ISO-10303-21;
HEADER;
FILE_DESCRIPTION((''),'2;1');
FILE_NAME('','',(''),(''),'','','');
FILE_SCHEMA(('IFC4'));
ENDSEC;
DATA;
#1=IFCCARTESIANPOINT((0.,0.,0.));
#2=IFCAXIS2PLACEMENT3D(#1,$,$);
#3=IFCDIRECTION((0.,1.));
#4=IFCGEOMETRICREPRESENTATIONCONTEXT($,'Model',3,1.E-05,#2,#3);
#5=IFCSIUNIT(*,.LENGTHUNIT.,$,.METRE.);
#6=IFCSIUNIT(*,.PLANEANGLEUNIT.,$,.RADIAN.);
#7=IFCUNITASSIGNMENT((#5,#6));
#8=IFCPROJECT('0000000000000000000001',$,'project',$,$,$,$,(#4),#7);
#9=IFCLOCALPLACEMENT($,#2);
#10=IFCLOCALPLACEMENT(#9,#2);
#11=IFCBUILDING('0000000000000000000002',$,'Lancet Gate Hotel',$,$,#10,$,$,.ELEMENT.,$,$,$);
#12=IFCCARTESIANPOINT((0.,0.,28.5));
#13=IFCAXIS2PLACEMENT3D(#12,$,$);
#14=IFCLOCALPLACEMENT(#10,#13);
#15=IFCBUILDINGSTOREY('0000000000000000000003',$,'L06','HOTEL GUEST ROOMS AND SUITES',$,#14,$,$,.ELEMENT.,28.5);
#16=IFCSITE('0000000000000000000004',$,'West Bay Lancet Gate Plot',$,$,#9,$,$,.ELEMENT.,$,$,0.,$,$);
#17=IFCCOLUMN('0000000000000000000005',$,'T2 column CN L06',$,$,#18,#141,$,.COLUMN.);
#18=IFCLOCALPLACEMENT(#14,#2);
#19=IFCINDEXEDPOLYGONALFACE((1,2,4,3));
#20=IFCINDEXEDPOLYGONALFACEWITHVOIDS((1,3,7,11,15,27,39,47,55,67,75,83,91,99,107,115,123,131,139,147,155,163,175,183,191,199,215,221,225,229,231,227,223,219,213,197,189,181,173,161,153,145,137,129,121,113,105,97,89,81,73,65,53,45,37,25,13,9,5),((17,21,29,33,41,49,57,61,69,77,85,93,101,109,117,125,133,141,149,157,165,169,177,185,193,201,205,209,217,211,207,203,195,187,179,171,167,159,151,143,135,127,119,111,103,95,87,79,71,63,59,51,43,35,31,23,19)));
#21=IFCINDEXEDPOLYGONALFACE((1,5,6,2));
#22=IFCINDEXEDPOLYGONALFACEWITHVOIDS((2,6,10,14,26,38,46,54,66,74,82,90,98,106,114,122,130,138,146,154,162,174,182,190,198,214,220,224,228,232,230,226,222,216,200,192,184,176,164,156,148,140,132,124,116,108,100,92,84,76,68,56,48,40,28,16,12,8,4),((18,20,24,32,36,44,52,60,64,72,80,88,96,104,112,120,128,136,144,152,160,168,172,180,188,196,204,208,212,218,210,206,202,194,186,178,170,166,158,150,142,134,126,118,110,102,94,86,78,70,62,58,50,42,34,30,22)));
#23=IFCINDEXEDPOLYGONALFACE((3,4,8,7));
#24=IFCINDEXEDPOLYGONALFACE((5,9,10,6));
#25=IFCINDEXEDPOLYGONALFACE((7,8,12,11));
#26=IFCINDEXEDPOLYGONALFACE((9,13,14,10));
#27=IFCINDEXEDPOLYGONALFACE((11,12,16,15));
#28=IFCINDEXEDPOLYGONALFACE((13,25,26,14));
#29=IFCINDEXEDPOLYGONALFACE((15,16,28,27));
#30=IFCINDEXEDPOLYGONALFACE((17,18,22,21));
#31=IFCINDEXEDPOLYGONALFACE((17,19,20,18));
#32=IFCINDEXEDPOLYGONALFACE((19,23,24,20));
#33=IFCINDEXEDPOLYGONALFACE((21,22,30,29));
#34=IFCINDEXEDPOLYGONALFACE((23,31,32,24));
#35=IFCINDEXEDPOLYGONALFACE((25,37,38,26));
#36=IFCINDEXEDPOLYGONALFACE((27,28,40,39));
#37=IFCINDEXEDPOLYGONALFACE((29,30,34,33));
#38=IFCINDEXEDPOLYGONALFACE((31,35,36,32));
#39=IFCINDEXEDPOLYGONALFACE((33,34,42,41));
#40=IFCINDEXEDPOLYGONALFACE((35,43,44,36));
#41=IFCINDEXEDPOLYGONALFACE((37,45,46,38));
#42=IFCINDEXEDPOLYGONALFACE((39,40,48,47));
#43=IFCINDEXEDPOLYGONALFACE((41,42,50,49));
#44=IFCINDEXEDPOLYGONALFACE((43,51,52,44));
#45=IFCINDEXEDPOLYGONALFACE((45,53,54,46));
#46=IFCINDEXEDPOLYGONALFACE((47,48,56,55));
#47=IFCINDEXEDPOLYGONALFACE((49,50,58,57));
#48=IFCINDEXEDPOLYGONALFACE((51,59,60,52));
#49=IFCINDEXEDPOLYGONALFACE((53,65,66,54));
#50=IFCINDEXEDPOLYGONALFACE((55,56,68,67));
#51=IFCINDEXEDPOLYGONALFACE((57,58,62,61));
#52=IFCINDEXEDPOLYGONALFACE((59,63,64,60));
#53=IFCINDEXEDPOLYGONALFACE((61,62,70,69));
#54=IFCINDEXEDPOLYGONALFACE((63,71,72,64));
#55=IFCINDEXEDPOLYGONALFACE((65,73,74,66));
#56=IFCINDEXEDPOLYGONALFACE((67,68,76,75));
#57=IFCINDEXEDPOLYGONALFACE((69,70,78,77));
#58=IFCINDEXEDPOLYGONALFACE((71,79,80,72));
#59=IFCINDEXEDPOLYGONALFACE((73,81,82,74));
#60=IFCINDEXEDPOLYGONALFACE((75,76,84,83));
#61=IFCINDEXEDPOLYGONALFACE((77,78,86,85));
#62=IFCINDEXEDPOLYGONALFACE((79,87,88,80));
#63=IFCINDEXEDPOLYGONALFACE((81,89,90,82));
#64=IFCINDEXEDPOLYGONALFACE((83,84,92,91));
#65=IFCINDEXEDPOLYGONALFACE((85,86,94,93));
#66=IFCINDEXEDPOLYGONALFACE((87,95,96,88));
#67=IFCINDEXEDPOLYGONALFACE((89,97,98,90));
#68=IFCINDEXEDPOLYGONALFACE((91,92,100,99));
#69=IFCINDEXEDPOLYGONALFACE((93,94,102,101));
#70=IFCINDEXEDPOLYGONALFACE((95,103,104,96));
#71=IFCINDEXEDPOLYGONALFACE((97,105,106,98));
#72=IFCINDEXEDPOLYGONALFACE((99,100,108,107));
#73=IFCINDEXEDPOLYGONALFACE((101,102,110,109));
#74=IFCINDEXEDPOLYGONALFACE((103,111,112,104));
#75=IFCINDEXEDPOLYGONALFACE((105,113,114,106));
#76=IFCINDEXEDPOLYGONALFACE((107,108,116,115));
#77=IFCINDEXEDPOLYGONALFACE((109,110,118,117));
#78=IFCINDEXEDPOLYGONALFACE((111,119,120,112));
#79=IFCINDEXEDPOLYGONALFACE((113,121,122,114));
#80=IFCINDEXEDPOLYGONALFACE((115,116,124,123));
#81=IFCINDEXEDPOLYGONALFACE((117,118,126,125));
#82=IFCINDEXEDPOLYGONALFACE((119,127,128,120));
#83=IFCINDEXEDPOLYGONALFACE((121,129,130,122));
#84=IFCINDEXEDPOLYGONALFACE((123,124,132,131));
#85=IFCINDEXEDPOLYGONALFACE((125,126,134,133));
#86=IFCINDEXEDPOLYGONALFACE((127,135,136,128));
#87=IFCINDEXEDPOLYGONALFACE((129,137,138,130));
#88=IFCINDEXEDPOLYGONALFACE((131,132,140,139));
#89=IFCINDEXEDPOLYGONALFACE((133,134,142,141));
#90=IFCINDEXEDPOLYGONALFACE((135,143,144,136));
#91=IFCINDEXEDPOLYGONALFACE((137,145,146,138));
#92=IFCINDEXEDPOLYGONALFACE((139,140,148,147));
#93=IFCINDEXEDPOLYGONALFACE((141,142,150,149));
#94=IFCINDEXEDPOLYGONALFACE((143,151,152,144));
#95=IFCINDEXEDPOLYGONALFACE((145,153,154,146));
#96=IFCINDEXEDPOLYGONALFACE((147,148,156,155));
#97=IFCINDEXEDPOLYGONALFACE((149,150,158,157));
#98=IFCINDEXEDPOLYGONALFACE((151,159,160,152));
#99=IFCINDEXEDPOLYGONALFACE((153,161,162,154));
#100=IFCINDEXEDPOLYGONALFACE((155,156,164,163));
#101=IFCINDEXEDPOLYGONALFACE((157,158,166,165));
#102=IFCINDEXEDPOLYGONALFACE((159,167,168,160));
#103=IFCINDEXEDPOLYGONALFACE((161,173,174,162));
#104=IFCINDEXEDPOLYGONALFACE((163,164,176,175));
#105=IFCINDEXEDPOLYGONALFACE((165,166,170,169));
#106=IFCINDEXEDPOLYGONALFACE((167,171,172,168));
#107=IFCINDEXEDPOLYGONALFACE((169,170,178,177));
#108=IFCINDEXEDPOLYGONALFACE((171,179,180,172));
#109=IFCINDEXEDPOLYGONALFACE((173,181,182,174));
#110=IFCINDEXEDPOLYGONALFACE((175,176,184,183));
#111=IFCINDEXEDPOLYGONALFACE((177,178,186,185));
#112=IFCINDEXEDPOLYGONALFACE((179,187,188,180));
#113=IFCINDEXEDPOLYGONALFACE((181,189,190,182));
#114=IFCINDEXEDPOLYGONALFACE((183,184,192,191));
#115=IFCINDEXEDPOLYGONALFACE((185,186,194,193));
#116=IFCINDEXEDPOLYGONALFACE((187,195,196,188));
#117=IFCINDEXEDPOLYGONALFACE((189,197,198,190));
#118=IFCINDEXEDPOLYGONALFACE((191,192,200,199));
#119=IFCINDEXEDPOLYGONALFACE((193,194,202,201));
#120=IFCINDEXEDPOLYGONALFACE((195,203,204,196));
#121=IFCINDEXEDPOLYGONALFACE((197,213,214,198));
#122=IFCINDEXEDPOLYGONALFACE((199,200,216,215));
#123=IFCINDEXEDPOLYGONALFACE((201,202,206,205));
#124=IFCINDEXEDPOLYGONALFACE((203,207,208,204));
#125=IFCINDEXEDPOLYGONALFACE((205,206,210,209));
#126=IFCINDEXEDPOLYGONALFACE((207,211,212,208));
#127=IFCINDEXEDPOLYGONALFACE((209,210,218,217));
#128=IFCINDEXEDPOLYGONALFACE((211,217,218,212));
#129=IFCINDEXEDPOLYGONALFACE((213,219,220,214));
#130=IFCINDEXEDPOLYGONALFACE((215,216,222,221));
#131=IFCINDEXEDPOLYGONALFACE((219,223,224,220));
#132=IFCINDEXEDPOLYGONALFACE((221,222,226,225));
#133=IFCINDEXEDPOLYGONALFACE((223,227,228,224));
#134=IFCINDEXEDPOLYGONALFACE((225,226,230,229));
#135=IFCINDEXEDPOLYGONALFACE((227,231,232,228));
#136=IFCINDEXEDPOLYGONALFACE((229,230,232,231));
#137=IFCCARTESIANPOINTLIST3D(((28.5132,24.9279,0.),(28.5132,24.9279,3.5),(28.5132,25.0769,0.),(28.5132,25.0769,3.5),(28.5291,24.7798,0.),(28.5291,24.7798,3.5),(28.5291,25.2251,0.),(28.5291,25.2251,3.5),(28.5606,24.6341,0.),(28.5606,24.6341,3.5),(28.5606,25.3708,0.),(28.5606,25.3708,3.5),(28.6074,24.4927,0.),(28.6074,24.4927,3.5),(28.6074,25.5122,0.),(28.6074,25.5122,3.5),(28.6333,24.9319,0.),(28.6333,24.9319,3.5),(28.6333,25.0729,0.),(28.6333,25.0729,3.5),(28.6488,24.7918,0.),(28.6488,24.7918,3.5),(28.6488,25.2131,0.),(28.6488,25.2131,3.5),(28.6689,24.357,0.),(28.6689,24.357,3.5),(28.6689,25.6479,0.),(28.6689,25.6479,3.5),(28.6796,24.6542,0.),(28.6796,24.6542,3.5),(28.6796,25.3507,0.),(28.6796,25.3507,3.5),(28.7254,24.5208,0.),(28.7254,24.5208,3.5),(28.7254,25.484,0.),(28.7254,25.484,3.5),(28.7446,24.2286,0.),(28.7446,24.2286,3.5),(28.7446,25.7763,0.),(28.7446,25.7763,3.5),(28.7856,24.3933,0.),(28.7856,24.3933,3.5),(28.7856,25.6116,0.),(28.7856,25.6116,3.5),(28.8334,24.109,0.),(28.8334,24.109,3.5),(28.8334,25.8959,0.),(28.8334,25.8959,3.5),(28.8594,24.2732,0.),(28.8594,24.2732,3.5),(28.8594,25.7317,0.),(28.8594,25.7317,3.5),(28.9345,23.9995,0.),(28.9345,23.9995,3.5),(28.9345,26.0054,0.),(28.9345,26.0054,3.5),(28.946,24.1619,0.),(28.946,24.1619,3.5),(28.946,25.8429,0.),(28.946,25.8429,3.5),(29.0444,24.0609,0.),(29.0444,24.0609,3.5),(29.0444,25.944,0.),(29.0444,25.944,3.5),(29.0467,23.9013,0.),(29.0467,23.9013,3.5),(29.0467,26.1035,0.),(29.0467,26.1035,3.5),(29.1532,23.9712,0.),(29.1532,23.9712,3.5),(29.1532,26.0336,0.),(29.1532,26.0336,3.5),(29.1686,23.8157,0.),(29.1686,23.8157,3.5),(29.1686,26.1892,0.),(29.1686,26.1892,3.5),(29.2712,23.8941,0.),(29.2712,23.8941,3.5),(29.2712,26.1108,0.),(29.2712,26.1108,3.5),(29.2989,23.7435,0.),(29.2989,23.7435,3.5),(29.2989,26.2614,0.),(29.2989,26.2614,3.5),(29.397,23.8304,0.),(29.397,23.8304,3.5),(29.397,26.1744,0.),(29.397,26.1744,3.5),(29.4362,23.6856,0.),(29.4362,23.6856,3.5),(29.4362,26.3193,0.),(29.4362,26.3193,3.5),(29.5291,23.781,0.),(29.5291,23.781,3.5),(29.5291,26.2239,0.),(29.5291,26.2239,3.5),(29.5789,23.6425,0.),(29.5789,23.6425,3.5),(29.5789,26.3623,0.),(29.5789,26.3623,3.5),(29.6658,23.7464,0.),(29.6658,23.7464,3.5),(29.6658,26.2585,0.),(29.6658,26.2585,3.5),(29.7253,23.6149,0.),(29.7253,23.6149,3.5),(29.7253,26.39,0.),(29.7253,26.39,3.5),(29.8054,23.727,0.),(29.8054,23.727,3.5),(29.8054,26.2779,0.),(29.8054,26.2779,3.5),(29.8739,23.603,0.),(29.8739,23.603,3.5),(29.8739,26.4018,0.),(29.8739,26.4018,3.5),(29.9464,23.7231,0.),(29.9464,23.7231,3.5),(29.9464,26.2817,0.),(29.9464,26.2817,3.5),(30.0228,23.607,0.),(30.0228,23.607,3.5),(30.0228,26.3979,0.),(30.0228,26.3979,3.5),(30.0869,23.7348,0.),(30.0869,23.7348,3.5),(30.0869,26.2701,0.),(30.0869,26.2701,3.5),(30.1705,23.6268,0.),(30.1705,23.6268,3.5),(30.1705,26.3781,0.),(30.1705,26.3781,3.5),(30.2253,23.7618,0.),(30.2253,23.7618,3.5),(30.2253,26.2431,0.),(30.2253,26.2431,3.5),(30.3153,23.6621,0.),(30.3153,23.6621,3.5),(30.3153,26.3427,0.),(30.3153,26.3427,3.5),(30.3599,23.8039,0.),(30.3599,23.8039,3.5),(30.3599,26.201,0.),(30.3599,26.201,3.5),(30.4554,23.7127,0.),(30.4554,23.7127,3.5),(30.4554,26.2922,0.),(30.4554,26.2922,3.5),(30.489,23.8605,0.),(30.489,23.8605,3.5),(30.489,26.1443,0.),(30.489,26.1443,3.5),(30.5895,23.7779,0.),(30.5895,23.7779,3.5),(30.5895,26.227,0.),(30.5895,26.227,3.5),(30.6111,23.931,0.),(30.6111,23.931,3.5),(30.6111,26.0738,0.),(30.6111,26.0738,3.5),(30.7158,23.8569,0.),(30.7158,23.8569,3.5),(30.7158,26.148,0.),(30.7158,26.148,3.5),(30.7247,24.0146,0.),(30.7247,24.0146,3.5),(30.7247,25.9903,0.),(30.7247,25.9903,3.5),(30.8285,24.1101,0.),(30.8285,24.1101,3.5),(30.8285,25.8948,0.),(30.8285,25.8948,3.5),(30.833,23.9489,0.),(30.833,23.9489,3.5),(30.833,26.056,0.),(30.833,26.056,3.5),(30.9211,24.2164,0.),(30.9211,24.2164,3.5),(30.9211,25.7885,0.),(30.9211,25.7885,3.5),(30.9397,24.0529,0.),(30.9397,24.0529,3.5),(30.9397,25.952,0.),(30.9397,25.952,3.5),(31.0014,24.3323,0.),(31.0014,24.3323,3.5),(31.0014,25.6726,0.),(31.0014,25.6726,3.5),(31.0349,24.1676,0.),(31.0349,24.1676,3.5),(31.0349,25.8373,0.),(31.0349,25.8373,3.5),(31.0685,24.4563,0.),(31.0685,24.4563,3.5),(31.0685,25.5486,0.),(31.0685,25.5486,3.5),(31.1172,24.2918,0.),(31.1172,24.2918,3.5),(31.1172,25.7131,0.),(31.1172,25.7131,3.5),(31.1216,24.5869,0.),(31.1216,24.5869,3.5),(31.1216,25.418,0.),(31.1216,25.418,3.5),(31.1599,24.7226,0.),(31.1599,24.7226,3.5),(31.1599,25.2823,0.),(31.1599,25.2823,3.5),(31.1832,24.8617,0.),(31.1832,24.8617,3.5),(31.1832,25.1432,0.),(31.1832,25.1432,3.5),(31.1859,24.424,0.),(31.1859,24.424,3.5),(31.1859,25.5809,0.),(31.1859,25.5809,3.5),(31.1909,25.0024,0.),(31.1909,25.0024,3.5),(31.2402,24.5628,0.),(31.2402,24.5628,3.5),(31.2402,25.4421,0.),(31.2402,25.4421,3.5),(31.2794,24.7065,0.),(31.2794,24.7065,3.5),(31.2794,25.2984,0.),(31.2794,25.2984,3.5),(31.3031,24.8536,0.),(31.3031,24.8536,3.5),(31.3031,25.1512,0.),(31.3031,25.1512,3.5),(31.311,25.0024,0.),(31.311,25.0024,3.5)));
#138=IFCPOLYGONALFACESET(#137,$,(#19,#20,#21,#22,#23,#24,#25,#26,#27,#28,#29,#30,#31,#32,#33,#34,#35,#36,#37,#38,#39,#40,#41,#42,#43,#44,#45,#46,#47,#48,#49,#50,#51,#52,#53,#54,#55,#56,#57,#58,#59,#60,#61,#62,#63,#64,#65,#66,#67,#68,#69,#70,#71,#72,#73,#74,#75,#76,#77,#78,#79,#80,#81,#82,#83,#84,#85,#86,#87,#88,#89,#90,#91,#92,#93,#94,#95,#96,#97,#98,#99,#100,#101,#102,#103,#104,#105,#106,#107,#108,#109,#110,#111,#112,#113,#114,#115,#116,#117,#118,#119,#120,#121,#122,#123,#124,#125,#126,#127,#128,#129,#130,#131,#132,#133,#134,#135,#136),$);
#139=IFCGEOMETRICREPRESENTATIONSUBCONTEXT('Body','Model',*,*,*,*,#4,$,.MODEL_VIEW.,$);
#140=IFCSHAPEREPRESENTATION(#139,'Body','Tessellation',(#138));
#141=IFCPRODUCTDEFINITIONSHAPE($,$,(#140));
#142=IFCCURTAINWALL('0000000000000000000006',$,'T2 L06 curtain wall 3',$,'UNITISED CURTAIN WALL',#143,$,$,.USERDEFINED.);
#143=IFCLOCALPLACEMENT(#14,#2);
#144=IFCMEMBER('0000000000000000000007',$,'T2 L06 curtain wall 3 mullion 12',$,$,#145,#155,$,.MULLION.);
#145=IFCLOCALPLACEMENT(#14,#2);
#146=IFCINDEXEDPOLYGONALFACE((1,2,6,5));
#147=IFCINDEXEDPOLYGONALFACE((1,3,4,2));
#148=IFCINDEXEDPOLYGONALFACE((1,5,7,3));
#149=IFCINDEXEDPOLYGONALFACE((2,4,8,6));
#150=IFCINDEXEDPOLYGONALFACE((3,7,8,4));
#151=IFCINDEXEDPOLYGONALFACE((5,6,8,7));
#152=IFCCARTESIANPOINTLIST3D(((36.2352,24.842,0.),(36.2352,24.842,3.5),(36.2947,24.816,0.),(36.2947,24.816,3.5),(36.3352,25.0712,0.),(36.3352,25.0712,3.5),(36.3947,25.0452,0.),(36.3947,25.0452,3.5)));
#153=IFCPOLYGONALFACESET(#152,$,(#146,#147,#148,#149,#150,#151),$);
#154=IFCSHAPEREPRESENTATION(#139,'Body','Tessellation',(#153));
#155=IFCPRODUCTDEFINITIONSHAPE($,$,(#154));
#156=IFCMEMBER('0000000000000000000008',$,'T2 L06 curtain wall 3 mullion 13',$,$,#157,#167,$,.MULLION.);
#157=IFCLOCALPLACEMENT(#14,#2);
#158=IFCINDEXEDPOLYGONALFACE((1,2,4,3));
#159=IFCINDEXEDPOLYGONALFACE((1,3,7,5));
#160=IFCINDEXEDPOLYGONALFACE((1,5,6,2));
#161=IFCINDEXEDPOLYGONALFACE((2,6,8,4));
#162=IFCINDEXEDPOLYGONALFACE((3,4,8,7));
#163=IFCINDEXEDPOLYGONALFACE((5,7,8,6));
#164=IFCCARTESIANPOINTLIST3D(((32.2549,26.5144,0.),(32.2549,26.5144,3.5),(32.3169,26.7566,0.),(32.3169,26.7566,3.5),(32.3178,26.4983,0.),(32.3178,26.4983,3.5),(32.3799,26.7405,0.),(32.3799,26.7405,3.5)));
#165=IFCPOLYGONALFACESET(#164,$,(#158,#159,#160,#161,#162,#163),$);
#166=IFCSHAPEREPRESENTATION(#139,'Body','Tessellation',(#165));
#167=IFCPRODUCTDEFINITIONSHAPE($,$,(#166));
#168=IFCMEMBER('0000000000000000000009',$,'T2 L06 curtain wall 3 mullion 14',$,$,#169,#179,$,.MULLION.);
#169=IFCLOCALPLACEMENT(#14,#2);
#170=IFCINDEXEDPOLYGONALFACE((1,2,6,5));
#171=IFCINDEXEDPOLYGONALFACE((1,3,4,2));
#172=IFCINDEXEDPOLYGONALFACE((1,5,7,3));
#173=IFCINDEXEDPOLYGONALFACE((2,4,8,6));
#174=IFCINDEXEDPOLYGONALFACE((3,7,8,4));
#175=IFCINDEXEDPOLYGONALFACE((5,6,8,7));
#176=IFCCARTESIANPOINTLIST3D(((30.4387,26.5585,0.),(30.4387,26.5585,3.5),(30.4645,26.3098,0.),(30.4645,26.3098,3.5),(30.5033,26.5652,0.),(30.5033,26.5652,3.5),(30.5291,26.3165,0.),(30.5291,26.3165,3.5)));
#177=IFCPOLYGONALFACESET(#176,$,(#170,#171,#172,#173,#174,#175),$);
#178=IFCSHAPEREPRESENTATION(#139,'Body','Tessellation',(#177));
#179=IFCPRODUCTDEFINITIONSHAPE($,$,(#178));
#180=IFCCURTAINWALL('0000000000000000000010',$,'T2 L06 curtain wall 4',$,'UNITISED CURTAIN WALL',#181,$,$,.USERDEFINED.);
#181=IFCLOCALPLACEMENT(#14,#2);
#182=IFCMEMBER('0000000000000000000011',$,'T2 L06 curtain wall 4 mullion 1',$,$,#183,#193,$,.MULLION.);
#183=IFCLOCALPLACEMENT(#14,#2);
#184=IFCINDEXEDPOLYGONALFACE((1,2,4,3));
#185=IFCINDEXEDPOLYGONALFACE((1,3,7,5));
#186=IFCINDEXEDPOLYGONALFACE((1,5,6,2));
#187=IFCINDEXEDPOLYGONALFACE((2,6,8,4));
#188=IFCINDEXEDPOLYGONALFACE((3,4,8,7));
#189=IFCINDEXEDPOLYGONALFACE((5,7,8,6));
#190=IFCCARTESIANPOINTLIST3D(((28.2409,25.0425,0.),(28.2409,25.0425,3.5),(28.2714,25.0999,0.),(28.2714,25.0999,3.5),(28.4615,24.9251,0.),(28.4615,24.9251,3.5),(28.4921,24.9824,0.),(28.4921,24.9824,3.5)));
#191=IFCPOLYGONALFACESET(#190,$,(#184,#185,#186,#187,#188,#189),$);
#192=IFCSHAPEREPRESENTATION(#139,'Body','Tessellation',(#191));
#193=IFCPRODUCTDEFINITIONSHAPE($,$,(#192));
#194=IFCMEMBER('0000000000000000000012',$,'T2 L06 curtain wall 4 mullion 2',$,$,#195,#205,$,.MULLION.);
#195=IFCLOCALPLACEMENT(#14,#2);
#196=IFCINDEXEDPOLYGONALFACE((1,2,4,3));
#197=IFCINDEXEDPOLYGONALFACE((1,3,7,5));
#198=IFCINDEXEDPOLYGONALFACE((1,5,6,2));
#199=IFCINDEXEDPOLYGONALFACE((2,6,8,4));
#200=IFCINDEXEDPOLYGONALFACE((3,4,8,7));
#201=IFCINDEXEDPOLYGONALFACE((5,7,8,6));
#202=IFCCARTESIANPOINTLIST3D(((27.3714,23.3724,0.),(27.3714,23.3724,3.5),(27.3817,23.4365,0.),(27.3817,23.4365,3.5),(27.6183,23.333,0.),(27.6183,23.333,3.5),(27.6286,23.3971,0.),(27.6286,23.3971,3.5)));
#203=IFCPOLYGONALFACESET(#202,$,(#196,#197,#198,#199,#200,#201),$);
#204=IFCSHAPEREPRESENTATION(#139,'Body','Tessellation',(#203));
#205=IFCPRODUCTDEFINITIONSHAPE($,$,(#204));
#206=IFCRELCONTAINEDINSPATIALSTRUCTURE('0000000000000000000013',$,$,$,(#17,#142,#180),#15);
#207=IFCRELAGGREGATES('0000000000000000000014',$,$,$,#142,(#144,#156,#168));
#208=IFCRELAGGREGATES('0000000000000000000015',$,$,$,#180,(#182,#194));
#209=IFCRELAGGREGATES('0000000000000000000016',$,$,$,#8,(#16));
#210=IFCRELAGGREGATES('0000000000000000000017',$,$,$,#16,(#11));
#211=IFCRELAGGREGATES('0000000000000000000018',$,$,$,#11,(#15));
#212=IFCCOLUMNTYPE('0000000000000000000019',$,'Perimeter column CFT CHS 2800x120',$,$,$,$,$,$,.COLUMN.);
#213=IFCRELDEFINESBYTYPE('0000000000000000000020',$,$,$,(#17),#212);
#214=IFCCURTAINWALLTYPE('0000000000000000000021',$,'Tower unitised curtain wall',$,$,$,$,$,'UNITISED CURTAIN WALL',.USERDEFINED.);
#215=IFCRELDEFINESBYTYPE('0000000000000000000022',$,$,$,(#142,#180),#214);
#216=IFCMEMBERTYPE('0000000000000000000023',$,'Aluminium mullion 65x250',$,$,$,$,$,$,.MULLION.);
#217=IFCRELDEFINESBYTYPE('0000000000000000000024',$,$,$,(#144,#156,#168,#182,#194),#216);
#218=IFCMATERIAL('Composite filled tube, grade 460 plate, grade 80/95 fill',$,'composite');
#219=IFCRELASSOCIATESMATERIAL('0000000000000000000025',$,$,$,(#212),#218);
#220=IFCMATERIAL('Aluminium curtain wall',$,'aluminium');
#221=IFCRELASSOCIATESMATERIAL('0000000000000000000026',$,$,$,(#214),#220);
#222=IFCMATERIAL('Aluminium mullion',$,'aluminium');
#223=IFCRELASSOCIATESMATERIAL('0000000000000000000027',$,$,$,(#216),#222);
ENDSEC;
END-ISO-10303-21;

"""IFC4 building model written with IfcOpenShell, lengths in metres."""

from ifc_helpers import new_model, si_unit, direction, frame, origin, origin_2d, place, context, subcontext, project, spatial, rectangle, hollow_circle, extrude, material, material_profile, profile_set, type_object, element, aggregate, save


model = new_model("IFC4")

# Units and contexts
model_context = context("Model", 3, precision=1e-05, world=origin(), true_north=direction((0.0, 1.0)))
body_context = subcontext(model_context, "Body", "Model", "MODEL_VIEW")
ifc_project = project(units=[si_unit("LENGTHUNIT", "METRE"), si_unit("PLANEANGLEUNIT", "RADIAN")], contexts=[model_context])

# Site, building, storey
site_placement = place(None, origin())
site = spatial("IfcSite", under=ifc_project, at=site_placement, Name="West Bay Lancet Gate Plot", CompositionType="ELEMENT", RefElevation=0.0)
building_placement = place(site_placement, origin())
building = spatial("IfcBuilding", under=site, at=building_placement, Name="Lancet Gate Hotel", CompositionType="ELEMENT")
storey_placement = place(building_placement, frame((0.0, 0.0, 28.5)))
storey = spatial("IfcBuildingStorey", under=building, at=storey_placement, Name="L06", Description="HOTEL GUEST ROOMS AND SUITES", CompositionType="ELEMENT", Elevation=28.5)

# Column
ifc_material_1 = material(Name="Composite filled tube, grade 460 plate, grade 80/95 fill", Category="composite")
ifc_material_profile_1 = material_profile(ifc_material_1, hollow_circle(Radius=1.3999, WallThickness=0.1201, at=origin_2d()), Name="CHS 2800x120")
ifc_profile_set_1 = profile_set([ifc_material_profile_1], Name="Composite filled tube, grade 460 plate, grade 80/95 fill")
column_type = type_object("IfcColumnType", Name="Perimeter column CFT CHS 2800x120", PredefinedType="COLUMN", material=ifc_profile_set_1)
column_placement = place(storey_placement, frame((29.9111, 25.0024, 0.0), z_axis=(0.0, 0.0, 1.0), x_axis=(1.0, 0.0, 0.0)))
element("IfcColumn", 1, at=column_placement, inside=storey, type_object=column_type, Name="T2 column CN L06", PredefinedType="COLUMN", context=body_context, shape_type="SweptSolid", body=[
    extrude(hollow_circle(Radius=1.3999, WallThickness=0.1201, at=origin_2d()), origin(), (0.0, 0.0, 1.0), 3.5),
])

# Curtain walls, members
ifc_material_2 = material(Name="Aluminium curtain wall", Category="aluminium")
curtain_wall_type = type_object("IfcCurtainWallType", Name="Tower unitised curtain wall", ElementType="UNITISED CURTAIN WALL", PredefinedType="USERDEFINED", material=ifc_material_2)
curtain_wall_1_placement = place(storey_placement, origin())
curtain_wall_1 = element("IfcCurtainWall", 2, at=curtain_wall_1_placement, inside=storey, type_object=curtain_wall_type, Name="T2 L06 curtain wall 3", ObjectType="UNITISED CURTAIN WALL", PredefinedType="USERDEFINED")
ifc_material_3 = material(Name="Aluminium mullion", Category="aluminium")
ifc_material_profile_2 = material_profile(ifc_material_3, rectangle(XDim=0.0649, YDim=0.25, at=origin_2d()), Name="MULLION 65x250")
ifc_profile_set_2 = profile_set([ifc_material_profile_2], Name="Aluminium mullion")
member_type_1 = type_object("IfcMemberType", Name="Aluminium mullion 65x250", PredefinedType="MULLION", material=ifc_profile_set_2)
member_1_placement = place(storey_placement, frame((36.3149, 24.9436, 0.0), z_axis=(0.0, 0.0, 1.0), x_axis=(-0.916579, 0.399854, 0.0)))
member_1 = element("IfcMember", 3, at=member_1_placement, type_object=member_type_1, Name="T2 L06 curtain wall 3 mullion 12", PredefinedType="MULLION", context=body_context, shape_type="SweptSolid", body=[
    extrude(rectangle(XDim=0.0649, YDim=0.25, at=origin_2d()), origin(), (0.0, 0.0, 1.0), 3.5),
])
member_2_placement = place(storey_placement, frame((32.3174, 26.6274, 0.0), z_axis=(0.0, 0.0, 1.0), x_axis=(-0.968721, 0.24815, 0.0)))
member_2 = element("IfcMember", 4, at=member_2_placement, type_object=member_type_1, Name="T2 L06 curtain wall 3 mullion 13", PredefinedType="MULLION", context=body_context, shape_type="SweptSolid", body=[
    extrude(rectangle(XDim=0.0649, YDim=0.25, at=origin_2d()), origin(), (0.0, 0.0, 1.0), 3.5),
])
member_3_placement = place(storey_placement, frame((30.4839, 26.4375, 0.0), z_axis=(0.0, 0.0, 1.0), x_axis=(-0.994672, -0.103088, 0.0)))
member_3 = element("IfcMember", 5, at=member_3_placement, type_object=member_type_1, Name="T2 L06 curtain wall 3 mullion 14", PredefinedType="MULLION", context=body_context, shape_type="SweptSolid", body=[
    extrude(rectangle(XDim=0.0649, YDim=0.25, at=origin_2d()), origin(), (0.0, 0.0, 1.0), 3.5),
])
curtain_wall_2_placement = place(storey_placement, origin())
curtain_wall_2 = element("IfcCurtainWall", 6, at=curtain_wall_2_placement, inside=storey, type_object=curtain_wall_type, Name="T2 L06 curtain wall 4", ObjectType="UNITISED CURTAIN WALL", PredefinedType="USERDEFINED")
member_4_placement = place(storey_placement, frame((28.3665, 25.0125, 0.0), z_axis=(0.0, 0.0, 1.0), x_axis=(-0.469898, -0.882721, 0.0)))
member_4 = element("IfcMember", 7, at=member_4_placement, type_object=member_type_1, Name="T2 L06 curtain wall 4 mullion 1", PredefinedType="MULLION", context=body_context, shape_type="SweptSolid", body=[
    extrude(rectangle(XDim=0.0649, YDim=0.25, at=origin_2d()), origin(), (0.0, 0.0, 1.0), 3.5),
])
member_5_placement = place(storey_placement, frame((27.5, 23.3848, 0.0), z_axis=(0.0, 0.0, 1.0), x_axis=(-0.157752, -0.987479, 0.0)))
member_5 = element("IfcMember", 8, at=member_5_placement, type_object=member_type_1, Name="T2 L06 curtain wall 4 mullion 2", PredefinedType="MULLION", context=body_context, shape_type="SweptSolid", body=[
    extrude(rectangle(XDim=0.0649, YDim=0.25, at=origin_2d()), origin(), (0.0, 0.0, 1.0), 3.5),
])

aggregate(curtain_wall_1, [member_1, member_2, member_3])
aggregate(curtain_wall_2, [member_4, member_5])

save(model, "model.ifc")
